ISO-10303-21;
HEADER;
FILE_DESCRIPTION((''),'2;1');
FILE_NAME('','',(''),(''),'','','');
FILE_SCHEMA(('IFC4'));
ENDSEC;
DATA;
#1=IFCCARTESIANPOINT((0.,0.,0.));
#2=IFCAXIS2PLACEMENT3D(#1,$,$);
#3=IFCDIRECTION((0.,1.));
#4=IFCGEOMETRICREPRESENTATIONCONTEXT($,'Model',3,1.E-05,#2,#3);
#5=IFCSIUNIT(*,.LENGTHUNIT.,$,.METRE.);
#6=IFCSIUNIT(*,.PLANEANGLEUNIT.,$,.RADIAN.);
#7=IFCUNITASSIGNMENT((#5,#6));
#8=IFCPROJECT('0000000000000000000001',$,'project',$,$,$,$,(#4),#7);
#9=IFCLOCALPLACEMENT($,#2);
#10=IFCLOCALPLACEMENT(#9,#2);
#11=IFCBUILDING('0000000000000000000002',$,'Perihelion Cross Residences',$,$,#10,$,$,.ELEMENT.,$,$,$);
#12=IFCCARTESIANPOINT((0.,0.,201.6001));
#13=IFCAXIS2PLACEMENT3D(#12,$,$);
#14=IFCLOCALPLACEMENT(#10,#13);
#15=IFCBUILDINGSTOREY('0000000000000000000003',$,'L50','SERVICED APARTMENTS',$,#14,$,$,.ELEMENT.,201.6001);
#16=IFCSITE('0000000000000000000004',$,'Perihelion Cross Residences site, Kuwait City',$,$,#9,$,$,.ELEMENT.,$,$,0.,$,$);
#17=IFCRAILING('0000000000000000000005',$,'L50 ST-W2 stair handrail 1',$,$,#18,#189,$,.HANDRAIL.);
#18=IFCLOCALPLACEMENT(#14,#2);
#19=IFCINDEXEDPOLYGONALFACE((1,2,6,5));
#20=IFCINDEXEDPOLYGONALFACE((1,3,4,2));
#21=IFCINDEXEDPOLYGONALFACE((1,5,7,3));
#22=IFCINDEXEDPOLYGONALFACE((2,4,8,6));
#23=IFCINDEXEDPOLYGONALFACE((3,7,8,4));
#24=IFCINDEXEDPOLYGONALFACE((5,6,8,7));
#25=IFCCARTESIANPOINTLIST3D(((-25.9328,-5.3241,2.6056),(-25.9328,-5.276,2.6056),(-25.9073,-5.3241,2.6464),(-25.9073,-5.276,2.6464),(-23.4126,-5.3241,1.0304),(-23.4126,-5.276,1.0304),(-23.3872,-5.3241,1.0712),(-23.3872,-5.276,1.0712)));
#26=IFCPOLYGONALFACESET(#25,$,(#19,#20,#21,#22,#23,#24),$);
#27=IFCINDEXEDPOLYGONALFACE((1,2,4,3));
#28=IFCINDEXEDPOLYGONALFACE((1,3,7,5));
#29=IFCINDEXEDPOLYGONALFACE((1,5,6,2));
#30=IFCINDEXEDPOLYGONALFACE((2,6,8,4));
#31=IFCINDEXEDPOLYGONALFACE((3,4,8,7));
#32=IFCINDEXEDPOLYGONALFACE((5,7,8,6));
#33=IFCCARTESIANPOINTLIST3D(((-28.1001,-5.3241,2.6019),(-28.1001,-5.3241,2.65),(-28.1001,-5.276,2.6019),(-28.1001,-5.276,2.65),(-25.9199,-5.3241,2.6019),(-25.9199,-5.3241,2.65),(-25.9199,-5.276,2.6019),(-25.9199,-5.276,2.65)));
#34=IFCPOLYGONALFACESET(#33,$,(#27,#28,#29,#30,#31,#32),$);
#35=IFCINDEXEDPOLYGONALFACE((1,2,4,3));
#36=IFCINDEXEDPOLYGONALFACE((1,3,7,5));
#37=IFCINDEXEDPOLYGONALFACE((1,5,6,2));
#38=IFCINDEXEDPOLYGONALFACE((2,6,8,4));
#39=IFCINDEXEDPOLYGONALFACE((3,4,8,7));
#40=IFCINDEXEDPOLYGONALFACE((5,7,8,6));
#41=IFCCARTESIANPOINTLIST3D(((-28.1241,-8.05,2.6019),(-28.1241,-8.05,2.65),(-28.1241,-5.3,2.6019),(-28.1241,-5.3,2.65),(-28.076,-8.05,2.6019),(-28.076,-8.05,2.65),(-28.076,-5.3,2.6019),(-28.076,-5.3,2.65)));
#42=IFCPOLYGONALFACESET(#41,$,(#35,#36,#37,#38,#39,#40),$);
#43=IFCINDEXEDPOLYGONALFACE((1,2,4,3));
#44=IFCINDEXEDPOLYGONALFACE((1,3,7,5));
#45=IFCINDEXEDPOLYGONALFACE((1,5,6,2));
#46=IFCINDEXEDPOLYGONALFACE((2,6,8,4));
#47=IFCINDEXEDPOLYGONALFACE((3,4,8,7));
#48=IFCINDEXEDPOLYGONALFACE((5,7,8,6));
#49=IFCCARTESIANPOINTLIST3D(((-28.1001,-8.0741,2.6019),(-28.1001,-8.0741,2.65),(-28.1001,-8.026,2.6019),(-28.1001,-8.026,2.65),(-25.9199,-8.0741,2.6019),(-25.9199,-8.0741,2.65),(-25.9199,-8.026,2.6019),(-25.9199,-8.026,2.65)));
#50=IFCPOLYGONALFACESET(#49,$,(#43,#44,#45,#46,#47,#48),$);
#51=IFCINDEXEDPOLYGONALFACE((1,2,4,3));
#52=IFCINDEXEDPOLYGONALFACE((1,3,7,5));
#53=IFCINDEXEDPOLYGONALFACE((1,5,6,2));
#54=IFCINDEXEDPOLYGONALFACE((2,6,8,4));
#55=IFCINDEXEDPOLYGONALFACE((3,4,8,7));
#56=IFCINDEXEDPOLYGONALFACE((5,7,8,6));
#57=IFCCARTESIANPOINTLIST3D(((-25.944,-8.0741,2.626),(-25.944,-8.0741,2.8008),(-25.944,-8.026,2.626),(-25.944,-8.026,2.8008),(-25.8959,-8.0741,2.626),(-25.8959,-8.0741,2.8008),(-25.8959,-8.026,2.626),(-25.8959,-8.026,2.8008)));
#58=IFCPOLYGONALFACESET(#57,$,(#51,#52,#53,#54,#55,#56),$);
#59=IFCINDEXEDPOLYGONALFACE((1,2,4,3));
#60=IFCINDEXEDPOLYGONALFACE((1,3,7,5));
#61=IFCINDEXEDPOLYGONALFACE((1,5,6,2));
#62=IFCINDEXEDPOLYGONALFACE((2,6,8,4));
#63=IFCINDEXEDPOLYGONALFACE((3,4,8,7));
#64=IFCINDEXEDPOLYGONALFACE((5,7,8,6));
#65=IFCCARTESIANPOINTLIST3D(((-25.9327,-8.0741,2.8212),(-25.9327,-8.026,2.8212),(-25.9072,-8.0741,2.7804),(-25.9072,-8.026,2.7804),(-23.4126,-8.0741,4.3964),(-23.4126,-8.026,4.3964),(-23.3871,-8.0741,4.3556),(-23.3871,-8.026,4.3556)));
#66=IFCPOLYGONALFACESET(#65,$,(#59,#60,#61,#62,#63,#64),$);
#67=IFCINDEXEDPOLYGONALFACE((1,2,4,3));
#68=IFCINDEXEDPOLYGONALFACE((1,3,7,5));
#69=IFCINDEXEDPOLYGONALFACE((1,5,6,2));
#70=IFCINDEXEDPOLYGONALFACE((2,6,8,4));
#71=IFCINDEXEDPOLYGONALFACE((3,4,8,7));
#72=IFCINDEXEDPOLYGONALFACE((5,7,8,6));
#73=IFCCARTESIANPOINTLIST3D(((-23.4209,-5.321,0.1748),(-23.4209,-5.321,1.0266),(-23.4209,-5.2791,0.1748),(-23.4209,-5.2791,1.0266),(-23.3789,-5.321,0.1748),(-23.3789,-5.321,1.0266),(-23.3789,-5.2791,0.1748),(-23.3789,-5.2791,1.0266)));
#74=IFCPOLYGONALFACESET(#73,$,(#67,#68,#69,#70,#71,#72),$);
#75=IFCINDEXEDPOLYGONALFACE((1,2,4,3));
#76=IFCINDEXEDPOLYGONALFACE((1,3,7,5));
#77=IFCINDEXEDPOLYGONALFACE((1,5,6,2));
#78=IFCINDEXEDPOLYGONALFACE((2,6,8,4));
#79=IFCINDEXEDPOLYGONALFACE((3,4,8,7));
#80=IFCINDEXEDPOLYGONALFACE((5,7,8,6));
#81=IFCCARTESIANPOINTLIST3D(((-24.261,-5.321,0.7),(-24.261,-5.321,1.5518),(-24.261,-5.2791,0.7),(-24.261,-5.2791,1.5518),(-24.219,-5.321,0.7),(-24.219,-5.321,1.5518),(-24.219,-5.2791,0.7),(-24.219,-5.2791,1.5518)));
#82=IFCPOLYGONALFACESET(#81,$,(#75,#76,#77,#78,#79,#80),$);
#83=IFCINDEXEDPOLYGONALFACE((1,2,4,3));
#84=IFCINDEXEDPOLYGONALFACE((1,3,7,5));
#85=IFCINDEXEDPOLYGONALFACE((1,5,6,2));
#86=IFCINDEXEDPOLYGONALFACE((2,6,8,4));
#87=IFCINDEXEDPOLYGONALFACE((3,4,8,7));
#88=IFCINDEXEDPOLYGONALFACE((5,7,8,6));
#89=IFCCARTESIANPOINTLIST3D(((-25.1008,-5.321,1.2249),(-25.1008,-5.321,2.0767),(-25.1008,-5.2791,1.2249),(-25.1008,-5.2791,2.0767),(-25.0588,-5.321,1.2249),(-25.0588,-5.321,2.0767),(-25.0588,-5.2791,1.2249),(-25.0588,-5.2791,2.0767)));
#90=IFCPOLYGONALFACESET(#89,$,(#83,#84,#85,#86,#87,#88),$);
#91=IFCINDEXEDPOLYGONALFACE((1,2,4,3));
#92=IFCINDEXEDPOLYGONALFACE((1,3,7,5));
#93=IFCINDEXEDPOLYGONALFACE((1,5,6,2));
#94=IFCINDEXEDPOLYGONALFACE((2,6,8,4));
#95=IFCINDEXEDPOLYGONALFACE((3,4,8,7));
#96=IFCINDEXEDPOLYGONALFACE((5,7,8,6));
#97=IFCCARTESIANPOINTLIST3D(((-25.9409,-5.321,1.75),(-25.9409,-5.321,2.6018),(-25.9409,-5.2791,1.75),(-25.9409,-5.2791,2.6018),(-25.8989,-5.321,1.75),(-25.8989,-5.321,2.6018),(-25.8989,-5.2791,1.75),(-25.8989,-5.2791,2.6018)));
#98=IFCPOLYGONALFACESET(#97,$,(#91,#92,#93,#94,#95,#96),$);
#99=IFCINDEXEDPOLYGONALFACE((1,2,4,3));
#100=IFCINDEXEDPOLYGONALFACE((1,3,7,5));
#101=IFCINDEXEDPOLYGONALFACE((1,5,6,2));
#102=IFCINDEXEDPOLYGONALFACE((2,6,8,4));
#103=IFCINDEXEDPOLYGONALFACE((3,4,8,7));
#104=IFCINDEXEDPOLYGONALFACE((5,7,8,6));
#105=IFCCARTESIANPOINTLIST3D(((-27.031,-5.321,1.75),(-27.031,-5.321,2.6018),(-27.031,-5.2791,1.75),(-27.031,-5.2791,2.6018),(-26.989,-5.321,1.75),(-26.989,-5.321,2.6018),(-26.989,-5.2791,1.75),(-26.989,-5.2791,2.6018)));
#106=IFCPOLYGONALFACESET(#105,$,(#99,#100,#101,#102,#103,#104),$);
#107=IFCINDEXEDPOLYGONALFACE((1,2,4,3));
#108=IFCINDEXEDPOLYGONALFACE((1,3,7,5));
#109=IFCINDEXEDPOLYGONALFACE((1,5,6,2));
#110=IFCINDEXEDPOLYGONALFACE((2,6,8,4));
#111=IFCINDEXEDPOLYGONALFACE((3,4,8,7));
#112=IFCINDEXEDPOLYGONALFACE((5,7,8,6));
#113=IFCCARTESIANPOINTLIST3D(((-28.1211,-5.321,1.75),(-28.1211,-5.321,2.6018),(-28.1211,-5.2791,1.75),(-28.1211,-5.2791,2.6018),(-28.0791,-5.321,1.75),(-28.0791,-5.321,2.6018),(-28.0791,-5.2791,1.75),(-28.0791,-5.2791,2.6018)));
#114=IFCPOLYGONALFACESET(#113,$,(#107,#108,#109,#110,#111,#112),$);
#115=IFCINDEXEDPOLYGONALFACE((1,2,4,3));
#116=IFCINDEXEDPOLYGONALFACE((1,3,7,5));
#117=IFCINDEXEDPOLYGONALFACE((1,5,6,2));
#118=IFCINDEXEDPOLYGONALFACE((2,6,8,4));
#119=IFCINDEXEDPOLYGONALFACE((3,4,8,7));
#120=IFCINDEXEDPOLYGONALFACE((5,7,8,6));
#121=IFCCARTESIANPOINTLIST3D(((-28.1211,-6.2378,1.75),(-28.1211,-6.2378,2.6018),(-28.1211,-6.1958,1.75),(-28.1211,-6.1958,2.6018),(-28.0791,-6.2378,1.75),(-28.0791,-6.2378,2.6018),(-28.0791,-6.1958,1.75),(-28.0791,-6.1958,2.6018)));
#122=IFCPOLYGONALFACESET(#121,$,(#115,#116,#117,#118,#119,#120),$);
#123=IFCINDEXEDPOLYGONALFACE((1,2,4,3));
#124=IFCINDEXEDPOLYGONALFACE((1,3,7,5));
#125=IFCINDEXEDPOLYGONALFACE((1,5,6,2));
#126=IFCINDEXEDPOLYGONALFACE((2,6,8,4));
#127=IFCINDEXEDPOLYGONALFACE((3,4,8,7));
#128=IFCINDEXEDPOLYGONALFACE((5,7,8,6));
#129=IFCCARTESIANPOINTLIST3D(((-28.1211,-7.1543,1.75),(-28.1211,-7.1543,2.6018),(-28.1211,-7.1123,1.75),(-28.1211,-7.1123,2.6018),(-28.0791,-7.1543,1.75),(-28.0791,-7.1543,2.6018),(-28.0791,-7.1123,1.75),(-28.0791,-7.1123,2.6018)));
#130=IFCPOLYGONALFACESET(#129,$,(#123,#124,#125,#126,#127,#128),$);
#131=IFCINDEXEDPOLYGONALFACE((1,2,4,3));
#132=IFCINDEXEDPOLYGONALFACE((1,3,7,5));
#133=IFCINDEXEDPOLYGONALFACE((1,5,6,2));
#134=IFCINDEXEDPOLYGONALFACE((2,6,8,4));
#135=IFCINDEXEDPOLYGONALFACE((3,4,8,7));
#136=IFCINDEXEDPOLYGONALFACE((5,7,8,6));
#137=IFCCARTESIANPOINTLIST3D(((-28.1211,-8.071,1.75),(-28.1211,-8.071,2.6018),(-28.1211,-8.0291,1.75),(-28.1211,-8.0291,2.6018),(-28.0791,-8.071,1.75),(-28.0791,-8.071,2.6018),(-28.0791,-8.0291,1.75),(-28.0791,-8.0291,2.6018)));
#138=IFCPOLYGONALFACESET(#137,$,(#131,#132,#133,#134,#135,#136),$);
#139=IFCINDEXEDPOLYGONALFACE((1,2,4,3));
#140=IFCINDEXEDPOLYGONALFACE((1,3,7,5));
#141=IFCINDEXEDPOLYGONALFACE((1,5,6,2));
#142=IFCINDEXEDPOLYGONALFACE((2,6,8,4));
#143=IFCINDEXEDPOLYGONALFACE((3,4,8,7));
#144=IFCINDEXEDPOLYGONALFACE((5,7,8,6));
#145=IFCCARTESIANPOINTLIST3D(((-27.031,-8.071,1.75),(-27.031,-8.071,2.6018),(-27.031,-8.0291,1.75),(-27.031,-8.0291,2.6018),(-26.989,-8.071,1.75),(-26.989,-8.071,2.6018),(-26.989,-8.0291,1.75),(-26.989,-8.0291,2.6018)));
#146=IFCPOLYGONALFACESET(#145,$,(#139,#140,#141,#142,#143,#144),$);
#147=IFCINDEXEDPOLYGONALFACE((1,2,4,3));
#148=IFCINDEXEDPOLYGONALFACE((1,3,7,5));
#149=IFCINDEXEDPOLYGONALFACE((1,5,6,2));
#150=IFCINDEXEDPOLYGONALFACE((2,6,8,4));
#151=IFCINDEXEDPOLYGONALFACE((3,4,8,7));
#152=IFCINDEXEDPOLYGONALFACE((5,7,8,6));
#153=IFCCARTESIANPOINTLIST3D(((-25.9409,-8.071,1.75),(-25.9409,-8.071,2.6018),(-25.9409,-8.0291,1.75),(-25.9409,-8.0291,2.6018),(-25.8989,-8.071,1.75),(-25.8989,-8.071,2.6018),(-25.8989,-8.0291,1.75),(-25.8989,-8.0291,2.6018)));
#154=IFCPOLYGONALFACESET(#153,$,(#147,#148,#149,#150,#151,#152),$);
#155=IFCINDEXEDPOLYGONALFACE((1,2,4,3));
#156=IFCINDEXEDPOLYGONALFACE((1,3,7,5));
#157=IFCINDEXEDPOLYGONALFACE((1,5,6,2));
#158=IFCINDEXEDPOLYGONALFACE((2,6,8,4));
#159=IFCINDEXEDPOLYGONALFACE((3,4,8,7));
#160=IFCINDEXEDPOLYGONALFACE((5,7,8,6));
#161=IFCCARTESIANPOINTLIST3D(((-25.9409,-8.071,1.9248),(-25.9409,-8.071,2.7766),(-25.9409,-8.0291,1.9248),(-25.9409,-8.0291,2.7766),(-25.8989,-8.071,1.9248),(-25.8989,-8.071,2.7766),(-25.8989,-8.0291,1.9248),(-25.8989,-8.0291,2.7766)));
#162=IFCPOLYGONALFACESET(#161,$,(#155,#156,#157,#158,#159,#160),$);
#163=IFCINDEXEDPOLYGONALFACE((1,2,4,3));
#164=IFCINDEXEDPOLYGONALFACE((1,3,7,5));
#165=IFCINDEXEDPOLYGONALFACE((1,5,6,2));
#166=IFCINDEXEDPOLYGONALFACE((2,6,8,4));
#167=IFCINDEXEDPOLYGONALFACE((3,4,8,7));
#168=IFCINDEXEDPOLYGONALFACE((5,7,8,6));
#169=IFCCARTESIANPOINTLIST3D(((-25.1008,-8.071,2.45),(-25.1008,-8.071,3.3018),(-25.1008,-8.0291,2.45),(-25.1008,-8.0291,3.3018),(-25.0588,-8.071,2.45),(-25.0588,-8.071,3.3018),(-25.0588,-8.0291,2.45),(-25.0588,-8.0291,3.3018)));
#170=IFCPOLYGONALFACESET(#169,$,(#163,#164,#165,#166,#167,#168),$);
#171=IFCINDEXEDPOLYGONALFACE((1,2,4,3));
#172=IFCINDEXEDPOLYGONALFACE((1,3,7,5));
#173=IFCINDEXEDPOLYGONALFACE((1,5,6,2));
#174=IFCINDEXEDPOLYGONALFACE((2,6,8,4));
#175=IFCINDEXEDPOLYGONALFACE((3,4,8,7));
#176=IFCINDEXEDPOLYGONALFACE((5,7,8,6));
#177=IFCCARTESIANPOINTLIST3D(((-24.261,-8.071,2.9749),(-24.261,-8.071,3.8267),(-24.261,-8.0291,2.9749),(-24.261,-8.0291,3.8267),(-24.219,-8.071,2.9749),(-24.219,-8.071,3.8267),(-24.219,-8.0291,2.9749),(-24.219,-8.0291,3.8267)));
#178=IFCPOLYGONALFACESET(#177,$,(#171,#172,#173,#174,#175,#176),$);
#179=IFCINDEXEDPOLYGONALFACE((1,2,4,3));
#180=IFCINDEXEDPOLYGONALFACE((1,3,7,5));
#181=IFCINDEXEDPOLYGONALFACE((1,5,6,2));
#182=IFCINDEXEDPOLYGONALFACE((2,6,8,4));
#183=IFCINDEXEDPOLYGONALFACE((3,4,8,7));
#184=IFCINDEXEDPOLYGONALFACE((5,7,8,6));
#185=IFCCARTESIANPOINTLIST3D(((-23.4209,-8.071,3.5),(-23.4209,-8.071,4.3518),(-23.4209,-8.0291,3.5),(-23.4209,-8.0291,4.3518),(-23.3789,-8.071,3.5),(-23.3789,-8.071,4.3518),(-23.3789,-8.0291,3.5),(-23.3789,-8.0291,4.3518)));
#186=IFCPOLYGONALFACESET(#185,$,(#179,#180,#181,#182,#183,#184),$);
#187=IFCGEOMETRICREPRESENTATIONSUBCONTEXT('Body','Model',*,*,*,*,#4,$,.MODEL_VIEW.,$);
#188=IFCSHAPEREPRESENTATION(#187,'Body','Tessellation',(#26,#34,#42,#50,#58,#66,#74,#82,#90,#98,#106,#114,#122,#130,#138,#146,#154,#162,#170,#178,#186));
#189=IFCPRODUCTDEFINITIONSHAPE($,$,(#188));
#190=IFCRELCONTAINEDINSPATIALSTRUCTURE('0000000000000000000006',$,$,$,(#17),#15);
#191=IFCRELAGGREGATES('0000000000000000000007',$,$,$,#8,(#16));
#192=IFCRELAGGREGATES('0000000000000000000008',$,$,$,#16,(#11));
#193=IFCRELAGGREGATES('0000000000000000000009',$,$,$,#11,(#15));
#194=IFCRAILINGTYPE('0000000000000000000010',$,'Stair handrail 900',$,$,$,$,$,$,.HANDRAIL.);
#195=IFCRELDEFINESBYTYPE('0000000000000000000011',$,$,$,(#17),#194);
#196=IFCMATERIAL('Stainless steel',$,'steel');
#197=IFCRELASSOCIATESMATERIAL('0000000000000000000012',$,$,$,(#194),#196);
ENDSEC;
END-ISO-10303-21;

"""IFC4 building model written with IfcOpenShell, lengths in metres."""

from ifc_helpers import new_model, si_unit, direction, frame, origin, origin_2d, place, context, subcontext, project, spatial, rectangle, extrude, material, type_object, element, save


model = new_model("IFC4")

# Units and contexts
model_context = context("Model", 3, precision=1e-05, world=origin(), true_north=direction((0.0, 1.0)))
body_context = subcontext(model_context, "Body", "Model", "MODEL_VIEW")
ifc_project = project(units=[si_unit("LENGTHUNIT", "METRE"), si_unit("PLANEANGLEUNIT", "RADIAN")], contexts=[model_context])

# Site, building, storey
site_placement = place(None, origin())
site = spatial("IfcSite", under=ifc_project, at=site_placement, Name="Perihelion Cross Residences site, Kuwait City", CompositionType="ELEMENT", RefElevation=0.0)
building_placement = place(site_placement, origin())
building = spatial("IfcBuilding", under=site, at=building_placement, Name="Perihelion Cross Residences", CompositionType="ELEMENT")
storey_placement = place(building_placement, frame((0.0, 0.0, 201.6001)))
storey = spatial("IfcBuildingStorey", under=building, at=storey_placement, Name="L50", Description="SERVICED APARTMENTS", CompositionType="ELEMENT", Elevation=201.6001)

# Railing
ifc_material_1 = material(Name="Stainless steel", Category="steel")
railing_type_1 = type_object("IfcRailingType", Name="Stair handrail 900", PredefinedType="HANDRAIL", material=ifc_material_1)
railing_1_placement = place(storey_placement, frame((-23.3999, -5.3, 0.1748)))
element("IfcRailing", 1, at=railing_1_placement, inside=storey, type_object=railing_type_1, Name="L50 ST-W2 stair handrail 1", PredefinedType="HANDRAIL", context=body_context, shape_type="SweptSolid", body=[
    extrude(rectangle(XDim=0.0481, YDim=0.0481, at=origin_2d()), frame((0.0, 0.0, 0.876), z_axis=(-0.847971, 0.0, 0.530043), x_axis=(0.0, -1.0, 0.0)), (0.0, 0.0, 1.0), 2.9719),
    extrude(rectangle(XDim=0.0481, YDim=0.0481, at=origin_2d()), frame((-2.52, 0.0, 2.4512), z_axis=(-1.0, 0.0, 0.0), x_axis=(0.0, -1.0, 0.0)), (0.0, 0.0, 1.0), 2.1802),
    extrude(rectangle(XDim=0.0481, YDim=0.0481, at=origin_2d()), frame((-4.7002, 0.0, 2.4512), z_axis=(0.0, -1.0, 0.0), x_axis=(1.0, 0.0, 0.0)), (0.0, 0.0, 1.0), 2.75),
    extrude(rectangle(XDim=0.0481, YDim=0.0481, at=origin_2d()), frame((-4.7002, -2.75, 2.4512), z_axis=(1.0, 0.0, 0.0), x_axis=(0.0, 1.0, 0.0)), (0.0, 0.0, 1.0), 2.1802),
    extrude(rectangle(XDim=0.0481, YDim=0.0481, at=origin_2d()), frame((-2.52, -2.75, 2.4512), z_axis=(0.0, 0.0, 1.0), x_axis=(1.0, 0.0, 0.0)), (0.0, 0.0, 1.0), 0.1748),
    extrude(rectangle(XDim=0.0481, YDim=0.0481, at=origin_2d()), frame((-2.52, -2.75, 2.626), z_axis=(0.847971, 0.0, 0.530043), x_axis=(0.0, 1.0, 0.0)), (0.0, 0.0, 1.0), 2.9719),
    extrude(rectangle(XDim=0.042, YDim=0.042, at=origin_2d()), origin(), (0.0, 0.0, 1.0), 0.8518),
    extrude(rectangle(XDim=0.042, YDim=0.042, at=origin_2d()), frame((-0.8401, 0.0, 0.5251)), (0.0, 0.0, 1.0), 0.8518),
    extrude(rectangle(XDim=0.042, YDim=0.042, at=origin_2d()), frame((-1.6799, 0.0, 1.05)), (0.0, 0.0, 1.0), 0.8518),
    extrude(rectangle(XDim=0.042, YDim=0.042, at=origin_2d()), frame((-2.52, 0.0, 1.5752)), (0.0, 0.0, 1.0), 0.8518),
    extrude(rectangle(XDim=0.042, YDim=0.042, at=origin_2d()), frame((-3.6101, 0.0, 1.5752)), (0.0, 0.0, 1.0), 0.8518),
    extrude(rectangle(XDim=0.042, YDim=0.042, at=origin_2d()), frame((-4.7002, 0.0, 1.5752)), (0.0, 0.0, 1.0), 0.8518),
    extrude(rectangle(XDim=0.042, YDim=0.042, at=origin_2d()), frame((-4.7002, -0.9167, 1.5752)), (0.0, 0.0, 1.0), 0.8518),
    extrude(rectangle(XDim=0.042, YDim=0.042, at=origin_2d()), frame((-4.7002, -1.8333, 1.5752)), (0.0, 0.0, 1.0), 0.8518),
    extrude(rectangle(XDim=0.042, YDim=0.042, at=origin_2d()), frame((-4.7002, -2.75, 1.5752)), (0.0, 0.0, 1.0), 0.8518),
    extrude(rectangle(XDim=0.042, YDim=0.042, at=origin_2d()), frame((-3.6101, -2.75, 1.5752)), (0.0, 0.0, 1.0), 0.8518),
    extrude(rectangle(XDim=0.042, YDim=0.042, at=origin_2d()), frame((-2.52, -2.75, 1.5752)), (0.0, 0.0, 1.0), 0.8518),
    extrude(rectangle(XDim=0.042, YDim=0.042, at=origin_2d()), frame((-2.52, -2.75, 1.75)), (0.0, 0.0, 1.0), 0.8518),
    extrude(rectangle(XDim=0.042, YDim=0.042, at=origin_2d()), frame((-1.6799, -2.75, 2.2751)), (0.0, 0.0, 1.0), 0.8518),
    extrude(rectangle(XDim=0.042, YDim=0.042, at=origin_2d()), frame((-0.8401, -2.75, 2.8)), (0.0, 0.0, 1.0), 0.8518),
    extrude(rectangle(XDim=0.042, YDim=0.042, at=origin_2d()), frame((0.0, -2.75, 3.3252)), (0.0, 0.0, 1.0), 0.8518),
])

save(model, "model.ifc")
